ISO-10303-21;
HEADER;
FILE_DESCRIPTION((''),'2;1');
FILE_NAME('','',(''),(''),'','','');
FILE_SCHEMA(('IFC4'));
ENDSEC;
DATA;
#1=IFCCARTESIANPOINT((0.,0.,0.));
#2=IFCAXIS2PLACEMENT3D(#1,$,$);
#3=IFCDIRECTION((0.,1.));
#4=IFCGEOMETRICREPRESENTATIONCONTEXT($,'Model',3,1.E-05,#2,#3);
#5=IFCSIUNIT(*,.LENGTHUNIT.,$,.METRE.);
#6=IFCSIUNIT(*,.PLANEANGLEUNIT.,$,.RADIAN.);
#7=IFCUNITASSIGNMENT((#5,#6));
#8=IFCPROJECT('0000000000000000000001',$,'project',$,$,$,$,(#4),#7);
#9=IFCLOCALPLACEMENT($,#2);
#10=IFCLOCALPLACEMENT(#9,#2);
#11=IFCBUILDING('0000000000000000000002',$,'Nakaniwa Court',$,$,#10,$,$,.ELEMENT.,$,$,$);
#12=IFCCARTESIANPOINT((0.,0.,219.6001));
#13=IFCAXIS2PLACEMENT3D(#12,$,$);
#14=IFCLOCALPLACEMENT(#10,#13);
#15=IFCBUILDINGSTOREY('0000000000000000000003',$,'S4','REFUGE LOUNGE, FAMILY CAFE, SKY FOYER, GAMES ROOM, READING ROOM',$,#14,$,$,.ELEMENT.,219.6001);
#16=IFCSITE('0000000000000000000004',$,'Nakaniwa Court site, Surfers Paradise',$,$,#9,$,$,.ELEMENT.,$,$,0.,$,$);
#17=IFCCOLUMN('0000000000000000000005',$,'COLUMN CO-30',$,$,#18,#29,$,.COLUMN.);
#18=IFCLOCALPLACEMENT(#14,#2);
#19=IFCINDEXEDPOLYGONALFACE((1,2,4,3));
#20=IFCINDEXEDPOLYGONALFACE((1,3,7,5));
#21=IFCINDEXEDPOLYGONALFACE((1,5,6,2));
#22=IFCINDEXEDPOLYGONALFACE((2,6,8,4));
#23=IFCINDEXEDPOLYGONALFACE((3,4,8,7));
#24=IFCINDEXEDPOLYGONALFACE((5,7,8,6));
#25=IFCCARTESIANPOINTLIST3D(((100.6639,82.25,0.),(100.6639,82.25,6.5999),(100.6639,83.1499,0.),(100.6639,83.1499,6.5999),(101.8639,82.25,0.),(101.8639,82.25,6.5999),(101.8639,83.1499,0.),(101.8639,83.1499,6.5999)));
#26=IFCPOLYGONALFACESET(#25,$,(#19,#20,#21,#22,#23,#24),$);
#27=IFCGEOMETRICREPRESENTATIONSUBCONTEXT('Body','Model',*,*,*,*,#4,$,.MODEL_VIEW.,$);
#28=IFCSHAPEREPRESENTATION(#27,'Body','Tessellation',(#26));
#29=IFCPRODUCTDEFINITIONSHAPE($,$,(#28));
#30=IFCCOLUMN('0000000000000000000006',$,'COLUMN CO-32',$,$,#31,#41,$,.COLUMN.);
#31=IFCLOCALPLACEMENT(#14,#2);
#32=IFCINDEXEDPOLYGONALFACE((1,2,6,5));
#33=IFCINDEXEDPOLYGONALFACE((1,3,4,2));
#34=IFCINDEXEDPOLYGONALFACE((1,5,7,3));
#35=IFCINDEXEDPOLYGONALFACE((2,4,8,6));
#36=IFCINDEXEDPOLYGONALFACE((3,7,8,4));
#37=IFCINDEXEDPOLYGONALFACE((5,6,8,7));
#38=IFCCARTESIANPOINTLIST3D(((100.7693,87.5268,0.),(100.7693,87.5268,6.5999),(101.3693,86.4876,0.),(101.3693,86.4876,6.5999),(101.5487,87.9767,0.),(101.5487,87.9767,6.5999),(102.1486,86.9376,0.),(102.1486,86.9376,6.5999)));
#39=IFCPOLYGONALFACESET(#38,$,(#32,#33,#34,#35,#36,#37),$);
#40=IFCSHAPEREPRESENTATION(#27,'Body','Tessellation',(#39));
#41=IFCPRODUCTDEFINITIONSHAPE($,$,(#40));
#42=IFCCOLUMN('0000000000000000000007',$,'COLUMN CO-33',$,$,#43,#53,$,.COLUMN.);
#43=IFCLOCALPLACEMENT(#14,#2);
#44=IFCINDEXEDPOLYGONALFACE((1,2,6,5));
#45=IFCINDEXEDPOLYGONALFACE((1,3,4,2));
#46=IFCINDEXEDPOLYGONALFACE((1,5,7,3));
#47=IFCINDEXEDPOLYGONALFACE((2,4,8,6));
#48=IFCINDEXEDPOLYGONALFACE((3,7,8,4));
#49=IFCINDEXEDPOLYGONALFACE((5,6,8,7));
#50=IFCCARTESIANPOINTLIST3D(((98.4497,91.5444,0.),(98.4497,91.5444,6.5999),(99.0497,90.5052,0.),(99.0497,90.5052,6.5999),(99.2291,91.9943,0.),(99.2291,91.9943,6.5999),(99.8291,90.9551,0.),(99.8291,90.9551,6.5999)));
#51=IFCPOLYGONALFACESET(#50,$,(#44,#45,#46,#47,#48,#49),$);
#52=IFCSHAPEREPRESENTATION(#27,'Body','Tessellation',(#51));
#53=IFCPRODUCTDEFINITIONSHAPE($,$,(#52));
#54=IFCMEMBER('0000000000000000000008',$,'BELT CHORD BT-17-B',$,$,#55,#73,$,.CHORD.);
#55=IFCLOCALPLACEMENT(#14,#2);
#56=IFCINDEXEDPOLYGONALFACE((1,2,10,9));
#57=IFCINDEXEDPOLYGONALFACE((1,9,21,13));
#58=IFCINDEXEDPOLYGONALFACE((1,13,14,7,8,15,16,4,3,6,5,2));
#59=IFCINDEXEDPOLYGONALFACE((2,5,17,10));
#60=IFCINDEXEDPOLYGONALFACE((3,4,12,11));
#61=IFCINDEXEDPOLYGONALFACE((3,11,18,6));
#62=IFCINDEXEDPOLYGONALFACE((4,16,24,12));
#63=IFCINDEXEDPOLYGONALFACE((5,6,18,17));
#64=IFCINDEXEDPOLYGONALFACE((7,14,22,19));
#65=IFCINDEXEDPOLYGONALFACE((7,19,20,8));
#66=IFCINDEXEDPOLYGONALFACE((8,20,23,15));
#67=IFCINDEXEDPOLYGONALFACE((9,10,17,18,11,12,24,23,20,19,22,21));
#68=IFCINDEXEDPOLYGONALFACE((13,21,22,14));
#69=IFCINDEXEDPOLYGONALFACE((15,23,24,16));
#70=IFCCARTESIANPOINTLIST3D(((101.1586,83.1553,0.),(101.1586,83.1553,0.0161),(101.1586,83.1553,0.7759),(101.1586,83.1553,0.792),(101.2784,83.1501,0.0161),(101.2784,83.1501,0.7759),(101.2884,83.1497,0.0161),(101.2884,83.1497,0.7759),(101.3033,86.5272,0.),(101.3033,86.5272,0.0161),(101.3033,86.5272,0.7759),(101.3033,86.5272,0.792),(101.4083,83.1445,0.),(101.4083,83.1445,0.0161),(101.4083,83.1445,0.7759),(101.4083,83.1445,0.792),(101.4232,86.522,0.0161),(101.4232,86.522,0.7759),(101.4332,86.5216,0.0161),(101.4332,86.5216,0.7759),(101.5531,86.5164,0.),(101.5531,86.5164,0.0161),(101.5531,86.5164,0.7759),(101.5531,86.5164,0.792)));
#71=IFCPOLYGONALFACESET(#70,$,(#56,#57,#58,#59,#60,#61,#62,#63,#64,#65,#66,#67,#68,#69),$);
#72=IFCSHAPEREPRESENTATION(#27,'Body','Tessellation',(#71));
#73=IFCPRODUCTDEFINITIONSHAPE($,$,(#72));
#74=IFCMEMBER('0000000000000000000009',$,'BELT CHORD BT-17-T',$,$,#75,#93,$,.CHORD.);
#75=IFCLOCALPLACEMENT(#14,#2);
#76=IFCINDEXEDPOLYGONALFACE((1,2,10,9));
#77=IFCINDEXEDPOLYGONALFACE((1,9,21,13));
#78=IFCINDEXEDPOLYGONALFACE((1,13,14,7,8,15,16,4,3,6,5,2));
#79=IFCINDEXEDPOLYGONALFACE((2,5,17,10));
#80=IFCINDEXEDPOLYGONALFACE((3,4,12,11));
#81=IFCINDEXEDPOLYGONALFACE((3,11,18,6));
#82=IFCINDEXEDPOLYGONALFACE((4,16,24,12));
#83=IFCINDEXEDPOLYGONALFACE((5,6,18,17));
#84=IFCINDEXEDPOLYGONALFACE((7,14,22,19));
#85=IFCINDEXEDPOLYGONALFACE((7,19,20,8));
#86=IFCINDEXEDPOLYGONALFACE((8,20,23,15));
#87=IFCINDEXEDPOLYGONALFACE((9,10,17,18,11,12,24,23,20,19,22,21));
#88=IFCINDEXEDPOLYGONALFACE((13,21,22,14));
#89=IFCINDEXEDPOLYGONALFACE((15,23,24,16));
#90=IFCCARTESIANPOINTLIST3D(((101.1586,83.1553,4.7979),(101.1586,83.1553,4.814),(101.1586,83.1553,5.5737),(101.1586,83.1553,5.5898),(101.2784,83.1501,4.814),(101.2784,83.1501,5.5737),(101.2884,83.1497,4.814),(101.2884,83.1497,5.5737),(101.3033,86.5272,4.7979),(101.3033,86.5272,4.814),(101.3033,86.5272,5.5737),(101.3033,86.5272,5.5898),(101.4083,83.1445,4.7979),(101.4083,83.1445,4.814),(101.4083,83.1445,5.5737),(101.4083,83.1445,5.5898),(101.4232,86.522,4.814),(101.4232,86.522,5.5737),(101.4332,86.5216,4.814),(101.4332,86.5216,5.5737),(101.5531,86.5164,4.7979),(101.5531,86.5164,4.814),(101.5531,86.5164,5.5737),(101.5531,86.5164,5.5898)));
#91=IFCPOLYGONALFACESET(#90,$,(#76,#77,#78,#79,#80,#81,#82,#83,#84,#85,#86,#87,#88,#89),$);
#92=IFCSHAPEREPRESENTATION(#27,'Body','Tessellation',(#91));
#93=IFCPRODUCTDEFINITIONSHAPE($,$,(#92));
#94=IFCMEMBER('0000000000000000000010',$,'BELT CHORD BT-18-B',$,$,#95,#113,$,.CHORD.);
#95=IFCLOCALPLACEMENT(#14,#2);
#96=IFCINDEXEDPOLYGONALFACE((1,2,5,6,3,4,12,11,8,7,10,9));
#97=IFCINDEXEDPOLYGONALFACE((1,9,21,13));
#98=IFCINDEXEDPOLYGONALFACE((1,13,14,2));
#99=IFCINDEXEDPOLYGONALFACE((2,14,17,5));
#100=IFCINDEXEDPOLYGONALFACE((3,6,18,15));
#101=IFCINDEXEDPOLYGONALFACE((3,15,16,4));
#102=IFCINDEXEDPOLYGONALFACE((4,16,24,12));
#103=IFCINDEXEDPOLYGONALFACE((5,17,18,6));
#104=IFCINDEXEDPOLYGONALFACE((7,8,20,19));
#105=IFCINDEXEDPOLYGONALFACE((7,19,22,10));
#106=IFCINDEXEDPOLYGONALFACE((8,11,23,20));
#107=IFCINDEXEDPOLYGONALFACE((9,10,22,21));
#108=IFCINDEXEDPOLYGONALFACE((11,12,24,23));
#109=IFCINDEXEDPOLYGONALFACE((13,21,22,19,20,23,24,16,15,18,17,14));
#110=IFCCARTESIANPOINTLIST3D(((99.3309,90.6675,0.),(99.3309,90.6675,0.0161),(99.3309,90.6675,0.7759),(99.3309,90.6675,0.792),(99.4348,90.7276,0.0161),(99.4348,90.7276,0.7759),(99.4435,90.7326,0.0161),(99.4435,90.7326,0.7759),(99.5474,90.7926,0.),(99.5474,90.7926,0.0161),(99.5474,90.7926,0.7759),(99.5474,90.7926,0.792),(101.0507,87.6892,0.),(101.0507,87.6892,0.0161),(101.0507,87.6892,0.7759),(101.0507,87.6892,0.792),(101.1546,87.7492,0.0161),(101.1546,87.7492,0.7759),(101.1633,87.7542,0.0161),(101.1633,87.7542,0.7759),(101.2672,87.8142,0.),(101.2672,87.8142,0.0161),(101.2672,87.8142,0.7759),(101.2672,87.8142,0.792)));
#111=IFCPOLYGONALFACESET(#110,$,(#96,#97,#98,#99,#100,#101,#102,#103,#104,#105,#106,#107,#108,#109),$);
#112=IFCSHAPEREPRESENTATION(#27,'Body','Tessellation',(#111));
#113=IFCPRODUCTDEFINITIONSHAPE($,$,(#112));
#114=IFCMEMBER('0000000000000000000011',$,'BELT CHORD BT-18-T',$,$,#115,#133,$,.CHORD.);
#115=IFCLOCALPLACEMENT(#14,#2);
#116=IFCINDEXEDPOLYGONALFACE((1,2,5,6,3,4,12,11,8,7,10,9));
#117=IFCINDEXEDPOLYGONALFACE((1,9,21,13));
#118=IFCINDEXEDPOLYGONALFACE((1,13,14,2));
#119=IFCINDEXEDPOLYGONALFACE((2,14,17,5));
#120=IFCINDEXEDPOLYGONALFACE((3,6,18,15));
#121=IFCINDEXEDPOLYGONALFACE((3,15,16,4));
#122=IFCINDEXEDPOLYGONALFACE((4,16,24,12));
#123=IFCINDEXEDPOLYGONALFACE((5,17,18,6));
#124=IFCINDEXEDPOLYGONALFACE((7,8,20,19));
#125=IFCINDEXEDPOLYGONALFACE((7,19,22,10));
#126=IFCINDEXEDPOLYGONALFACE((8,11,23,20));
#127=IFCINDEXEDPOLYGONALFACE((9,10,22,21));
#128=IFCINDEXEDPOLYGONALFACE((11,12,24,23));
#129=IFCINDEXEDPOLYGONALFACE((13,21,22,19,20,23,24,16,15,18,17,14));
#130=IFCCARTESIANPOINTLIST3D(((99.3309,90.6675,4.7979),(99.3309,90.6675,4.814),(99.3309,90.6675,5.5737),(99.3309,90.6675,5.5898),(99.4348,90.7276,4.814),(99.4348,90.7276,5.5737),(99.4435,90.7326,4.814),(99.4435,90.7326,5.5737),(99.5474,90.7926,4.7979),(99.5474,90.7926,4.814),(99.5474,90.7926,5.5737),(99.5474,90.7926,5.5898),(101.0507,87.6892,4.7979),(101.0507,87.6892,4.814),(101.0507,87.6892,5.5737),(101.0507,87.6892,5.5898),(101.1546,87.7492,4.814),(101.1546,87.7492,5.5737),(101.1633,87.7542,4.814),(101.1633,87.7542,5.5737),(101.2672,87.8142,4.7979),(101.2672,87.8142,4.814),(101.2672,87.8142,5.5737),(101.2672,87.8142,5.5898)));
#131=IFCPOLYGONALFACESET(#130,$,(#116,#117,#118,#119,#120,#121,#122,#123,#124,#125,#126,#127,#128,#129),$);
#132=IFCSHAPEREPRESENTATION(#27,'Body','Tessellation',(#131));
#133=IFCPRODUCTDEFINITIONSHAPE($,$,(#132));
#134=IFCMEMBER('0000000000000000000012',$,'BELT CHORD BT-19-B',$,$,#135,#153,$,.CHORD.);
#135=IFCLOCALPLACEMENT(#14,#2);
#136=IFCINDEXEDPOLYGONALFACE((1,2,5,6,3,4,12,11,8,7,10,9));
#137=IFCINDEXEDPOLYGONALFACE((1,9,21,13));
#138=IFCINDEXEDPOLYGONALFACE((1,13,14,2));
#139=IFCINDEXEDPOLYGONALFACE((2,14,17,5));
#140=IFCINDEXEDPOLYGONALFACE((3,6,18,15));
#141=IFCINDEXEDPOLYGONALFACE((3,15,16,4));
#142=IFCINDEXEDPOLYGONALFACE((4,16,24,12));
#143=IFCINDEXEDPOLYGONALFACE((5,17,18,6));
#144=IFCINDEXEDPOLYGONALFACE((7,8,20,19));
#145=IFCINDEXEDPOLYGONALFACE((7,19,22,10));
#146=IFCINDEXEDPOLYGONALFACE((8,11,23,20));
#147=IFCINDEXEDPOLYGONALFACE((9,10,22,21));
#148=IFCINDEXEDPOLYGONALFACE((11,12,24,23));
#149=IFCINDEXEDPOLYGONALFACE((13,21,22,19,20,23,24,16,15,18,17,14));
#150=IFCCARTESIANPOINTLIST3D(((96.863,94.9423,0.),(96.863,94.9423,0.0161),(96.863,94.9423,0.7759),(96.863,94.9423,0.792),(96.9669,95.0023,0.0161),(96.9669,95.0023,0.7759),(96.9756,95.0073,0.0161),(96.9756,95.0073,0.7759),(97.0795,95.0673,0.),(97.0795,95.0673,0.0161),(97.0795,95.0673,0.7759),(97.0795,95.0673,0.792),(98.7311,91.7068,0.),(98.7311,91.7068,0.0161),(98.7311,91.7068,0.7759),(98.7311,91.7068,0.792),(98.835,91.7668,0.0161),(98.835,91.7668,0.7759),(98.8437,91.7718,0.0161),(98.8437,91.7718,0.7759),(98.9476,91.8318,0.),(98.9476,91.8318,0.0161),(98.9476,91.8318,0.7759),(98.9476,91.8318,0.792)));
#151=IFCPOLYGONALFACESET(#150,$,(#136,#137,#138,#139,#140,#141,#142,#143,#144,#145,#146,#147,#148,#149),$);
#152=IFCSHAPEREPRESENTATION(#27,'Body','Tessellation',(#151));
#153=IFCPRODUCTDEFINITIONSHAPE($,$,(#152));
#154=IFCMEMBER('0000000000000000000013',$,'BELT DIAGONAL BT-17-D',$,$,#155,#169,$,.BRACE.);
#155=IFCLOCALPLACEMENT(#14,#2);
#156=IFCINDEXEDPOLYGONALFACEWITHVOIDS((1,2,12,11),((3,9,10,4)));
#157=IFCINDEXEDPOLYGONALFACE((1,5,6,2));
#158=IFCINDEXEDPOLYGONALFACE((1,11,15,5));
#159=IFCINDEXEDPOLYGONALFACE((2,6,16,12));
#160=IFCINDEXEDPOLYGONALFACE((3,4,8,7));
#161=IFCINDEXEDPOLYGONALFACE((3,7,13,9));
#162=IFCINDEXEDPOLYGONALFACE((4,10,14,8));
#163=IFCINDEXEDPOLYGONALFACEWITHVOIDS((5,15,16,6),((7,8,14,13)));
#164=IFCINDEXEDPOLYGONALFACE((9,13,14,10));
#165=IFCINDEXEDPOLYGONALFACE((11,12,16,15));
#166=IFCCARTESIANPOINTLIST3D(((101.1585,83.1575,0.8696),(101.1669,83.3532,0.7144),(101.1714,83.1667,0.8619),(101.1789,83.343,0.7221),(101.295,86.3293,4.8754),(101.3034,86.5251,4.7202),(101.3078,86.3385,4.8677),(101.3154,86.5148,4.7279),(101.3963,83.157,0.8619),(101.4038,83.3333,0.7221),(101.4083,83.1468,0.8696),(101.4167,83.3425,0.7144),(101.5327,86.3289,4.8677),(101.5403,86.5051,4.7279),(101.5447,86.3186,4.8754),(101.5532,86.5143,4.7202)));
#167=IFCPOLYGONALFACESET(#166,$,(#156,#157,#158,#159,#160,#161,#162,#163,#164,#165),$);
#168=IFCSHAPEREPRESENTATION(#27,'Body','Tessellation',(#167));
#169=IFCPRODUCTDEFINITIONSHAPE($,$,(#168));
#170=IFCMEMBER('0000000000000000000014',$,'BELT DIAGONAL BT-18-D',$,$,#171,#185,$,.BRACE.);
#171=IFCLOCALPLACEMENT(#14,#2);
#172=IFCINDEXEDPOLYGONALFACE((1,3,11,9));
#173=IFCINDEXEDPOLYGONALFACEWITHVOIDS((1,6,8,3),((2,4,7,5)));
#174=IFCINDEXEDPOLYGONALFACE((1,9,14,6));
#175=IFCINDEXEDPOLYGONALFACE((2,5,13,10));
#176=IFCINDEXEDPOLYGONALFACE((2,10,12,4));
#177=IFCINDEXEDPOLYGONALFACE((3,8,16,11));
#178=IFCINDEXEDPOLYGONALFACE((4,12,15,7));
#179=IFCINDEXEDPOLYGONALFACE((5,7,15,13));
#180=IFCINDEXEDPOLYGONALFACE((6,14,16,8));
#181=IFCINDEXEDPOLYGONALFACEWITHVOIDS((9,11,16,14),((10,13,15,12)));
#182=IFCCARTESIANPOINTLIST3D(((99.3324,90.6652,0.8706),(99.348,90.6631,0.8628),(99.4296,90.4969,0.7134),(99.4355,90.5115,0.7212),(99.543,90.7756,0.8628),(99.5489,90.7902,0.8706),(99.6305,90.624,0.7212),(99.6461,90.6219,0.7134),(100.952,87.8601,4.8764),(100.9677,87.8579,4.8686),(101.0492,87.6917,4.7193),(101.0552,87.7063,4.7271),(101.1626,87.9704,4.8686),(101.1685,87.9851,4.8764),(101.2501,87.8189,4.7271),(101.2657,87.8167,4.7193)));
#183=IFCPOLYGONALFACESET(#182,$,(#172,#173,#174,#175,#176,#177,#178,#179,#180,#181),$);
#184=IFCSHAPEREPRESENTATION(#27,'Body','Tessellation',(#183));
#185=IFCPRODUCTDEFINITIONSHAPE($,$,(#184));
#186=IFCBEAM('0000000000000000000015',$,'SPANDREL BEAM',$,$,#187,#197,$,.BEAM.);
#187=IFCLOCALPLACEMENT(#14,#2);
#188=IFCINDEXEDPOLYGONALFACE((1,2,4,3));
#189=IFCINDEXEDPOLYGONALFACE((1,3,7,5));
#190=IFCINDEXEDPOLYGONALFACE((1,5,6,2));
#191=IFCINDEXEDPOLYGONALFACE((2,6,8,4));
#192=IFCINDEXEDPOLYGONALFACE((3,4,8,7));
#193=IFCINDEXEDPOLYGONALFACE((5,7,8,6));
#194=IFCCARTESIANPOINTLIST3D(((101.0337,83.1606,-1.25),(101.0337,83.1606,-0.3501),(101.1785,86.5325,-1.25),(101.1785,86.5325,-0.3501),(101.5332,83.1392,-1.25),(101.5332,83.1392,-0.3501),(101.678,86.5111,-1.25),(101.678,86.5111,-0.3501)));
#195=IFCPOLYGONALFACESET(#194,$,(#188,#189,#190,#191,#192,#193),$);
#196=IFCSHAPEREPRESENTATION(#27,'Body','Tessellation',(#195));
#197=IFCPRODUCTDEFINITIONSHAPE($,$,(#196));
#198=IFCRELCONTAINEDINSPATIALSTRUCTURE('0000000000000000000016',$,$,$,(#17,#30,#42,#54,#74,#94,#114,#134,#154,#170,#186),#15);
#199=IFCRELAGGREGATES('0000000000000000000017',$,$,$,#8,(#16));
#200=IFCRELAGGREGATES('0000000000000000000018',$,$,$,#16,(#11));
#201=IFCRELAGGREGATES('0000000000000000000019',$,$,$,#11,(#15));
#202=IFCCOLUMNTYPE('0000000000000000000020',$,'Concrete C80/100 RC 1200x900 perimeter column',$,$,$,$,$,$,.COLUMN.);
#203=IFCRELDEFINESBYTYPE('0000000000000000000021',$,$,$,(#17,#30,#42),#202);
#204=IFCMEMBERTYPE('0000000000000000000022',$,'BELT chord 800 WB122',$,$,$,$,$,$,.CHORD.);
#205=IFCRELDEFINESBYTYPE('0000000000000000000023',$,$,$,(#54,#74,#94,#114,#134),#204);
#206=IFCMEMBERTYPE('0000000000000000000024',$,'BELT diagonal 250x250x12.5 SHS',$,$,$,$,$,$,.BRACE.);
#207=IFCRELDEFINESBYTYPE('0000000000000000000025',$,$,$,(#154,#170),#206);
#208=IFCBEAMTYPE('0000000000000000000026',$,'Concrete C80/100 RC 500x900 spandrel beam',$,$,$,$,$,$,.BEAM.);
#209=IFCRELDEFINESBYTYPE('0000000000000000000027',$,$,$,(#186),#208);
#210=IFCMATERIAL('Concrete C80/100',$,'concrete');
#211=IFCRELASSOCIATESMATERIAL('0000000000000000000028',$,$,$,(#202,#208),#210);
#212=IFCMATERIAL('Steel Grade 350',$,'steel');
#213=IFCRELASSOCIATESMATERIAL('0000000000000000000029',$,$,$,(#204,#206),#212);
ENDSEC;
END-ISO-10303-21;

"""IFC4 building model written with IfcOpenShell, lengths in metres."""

from ifc_helpers import new_model, si_unit, direction, frame, origin, origin_2d, place, context, subcontext, project, spatial, rectangle, hollow_rectangle, i_section, extrude, material, material_profile, profile_set, type_object, element, save


model = new_model("IFC4")

# Units and contexts
model_context = context("Model", 3, precision=1e-05, world=origin(), true_north=direction((0.0, 1.0)))
body_context = subcontext(model_context, "Body", "Model", "MODEL_VIEW")
ifc_project = project(units=[si_unit("LENGTHUNIT", "METRE"), si_unit("PLANEANGLEUNIT", "RADIAN")], contexts=[model_context])

# Site, building, storey
site_placement = place(None, origin())
site = spatial("IfcSite", under=ifc_project, at=site_placement, Name="Nakaniwa Court site, Surfers Paradise", CompositionType="ELEMENT", RefElevation=0.0)
building_placement = place(site_placement, origin())
building = spatial("IfcBuilding", under=site, at=building_placement, Name="Nakaniwa Court", CompositionType="ELEMENT")
storey_placement = place(building_placement, frame((0.0, 0.0, 219.6001)))
storey = spatial("IfcBuildingStorey", under=building, at=storey_placement, Name="S4", Description="REFUGE LOUNGE, FAMILY CAFE, SKY FOYER, GAMES ROOM, READING ROOM", CompositionType="ELEMENT", Elevation=219.6001)

# Columns
ifc_material_1 = material(Name="Concrete C80/100", Category="concrete")
ifc_material_profile_1 = material_profile(ifc_material_1, rectangle(XDim=1.2, YDim=0.8999, at=origin_2d()), Name="Concrete C80/100 RC 1200x900 perimeter column")
ifc_profile_set_1 = profile_set([ifc_material_profile_1], Name="Concrete C80/100")
column_type = type_object("IfcColumnType", Name="Concrete C80/100 RC 1200x900 perimeter column", PredefinedType="COLUMN", material=ifc_profile_set_1)
for number, where, z_axis, x_axis, name in (
    (1, (101.2639, 82.7, 0.0), (0.0, 0.0, 1.0), (1.0, 0.0, 0.0), "COLUMN CO-30"),
    (2, (101.459, 87.2322, 0.0), (0.0, 0.0, 1.0), (-0.5, 0.866025, 0.0), "COLUMN CO-32"),
    (3, (99.1394, 91.2498, 0.0), (0.0, 0.0, 1.0), (-0.5, 0.866025, 0.0), "COLUMN CO-33"),
):
    element("IfcColumn", number, at=place(storey_placement, frame(where, z_axis=z_axis, x_axis=x_axis)), inside=storey, type_object=column_type, Name=name, PredefinedType="COLUMN", context=body_context, shape_type="SweptSolid", body=[
        extrude(rectangle(XDim=1.2, YDim=0.8999, at=origin_2d()), origin(), (0.0, 0.0, 1.0), 6.5999),
    ])

# Members
ifc_material_2 = material(Name="Steel Grade 350", Category="steel")
ifc_material_profile_2 = material_profile(ifc_material_2, i_section(OverallWidth=0.25, OverallDepth=0.792, WebThickness=0.01, FlangeThickness=0.0161, at=origin_2d()), Name="800WB122")
ifc_profile_set_2 = profile_set([ifc_material_profile_2], Name="Steel Grade 350")
member_type_1 = type_object("IfcMemberType", Name="BELT chord 800 WB122", PredefinedType="CHORD", material=ifc_profile_set_2)
for number, where, z_axis, x_axis, name in (
    (4, (101.2834, 83.1499, 0.396), (0.042897, 0.999079, 0.0), (-0.999079, 0.042897, 0.0), "BELT CHORD BT-17-B"),
    (5, (101.2834, 83.1499, 5.1938), (0.042897, 0.999079, 0.0), (-0.999079, 0.042897, 0.0), "BELT CHORD BT-17-T"),
):
    element("IfcMember", number, at=place(storey_placement, frame(where, z_axis=z_axis, x_axis=x_axis)), inside=storey, type_object=member_type_1, Name=name, PredefinedType="CHORD", context=body_context, shape_type="SweptSolid", body=[
        extrude(i_section(OverallWidth=0.25, OverallDepth=0.792, WebThickness=0.01, FlangeThickness=0.0161, at=origin_2d()), origin(), (0.0, 0.0, 1.0), 3.375),
    ])
for number, where, z_axis, x_axis, name in (
    (6, (101.1589, 87.7517, 0.396), (-0.500048, 0.865998, 0.0), (-0.865998, -0.500048, 0.0), "BELT CHORD BT-18-B"),
    (7, (101.1589, 87.7517, 5.1938), (-0.500048, 0.865998, 0.0), (-0.865998, -0.500048, 0.0), "BELT CHORD BT-18-T"),
):
    element("IfcMember", number, at=place(storey_placement, frame(where, z_axis=z_axis, x_axis=x_axis)), inside=storey, type_object=member_type_1, Name=name, PredefinedType="CHORD", context=body_context, shape_type="SweptSolid", body=[
        extrude(i_section(OverallWidth=0.25, OverallDepth=0.792, WebThickness=0.01, FlangeThickness=0.0161, at=origin_2d()), origin(), (0.0, 0.0, 1.0), 3.4392),
    ])
member_1_placement = place(storey_placement, frame((98.8394, 91.7693, 0.396), z_axis=(-0.500018, 0.866015, 0.0), x_axis=(-0.866015, -0.500018, 0.0)))
element("IfcMember", 8, at=member_1_placement, inside=storey, type_object=member_type_1, Name="BELT CHORD BT-19-B", PredefinedType="CHORD", context=body_context, shape_type="SweptSolid", body=[
    extrude(i_section(OverallWidth=0.25, OverallDepth=0.792, WebThickness=0.01, FlangeThickness=0.0161, at=origin_2d()), origin(), (0.0, 0.0, 1.0), 3.7361),
])
ifc_material_profile_3 = material_profile(ifc_material_2, hollow_rectangle(XDim=0.25, YDim=0.25, WallThickness=0.0125, at=origin_2d()), Name="BELT diagonal 250x250x12.5 SHS")
ifc_profile_set_3 = profile_set([ifc_material_profile_3], Name="Steel Grade 350")
member_type_2 = type_object("IfcMemberType", Name="BELT diagonal 250x250x12.5 SHS", PredefinedType="BRACE", material=ifc_profile_set_3)
member_2_placement = place(storey_placement, frame((101.2876, 83.25, 0.792), z_axis=(0.0267, 0.62055, 0.783712), x_axis=(-0.999076, 0.042987, 0.0)))
element("IfcMember", 9, at=member_2_placement, inside=storey, type_object=member_type_2, Name="BELT DIAGONAL BT-17-D", PredefinedType="BRACE", context=body_context, shape_type="SweptSolid", body=[
    extrude(hollow_rectangle(XDim=0.25, YDim=0.25, WallThickness=0.0125, at=origin_2d()), origin(), (0.0, 0.0, 1.0), 5.1113),
])
member_3_placement = place(storey_placement, frame((101.1089, 87.8384, 4.7979), z_axis=(-0.314393, 0.544524, -0.777593), x_axis=(-0.866017, -0.500014, 0.0)))
element("IfcMember", 10, at=member_3_placement, inside=storey, type_object=member_type_2, Name="BELT DIAGONAL BT-18-D", PredefinedType="BRACE", context=body_context, shape_type="SweptSolid", body=[
    extrude(hollow_rectangle(XDim=0.25, YDim=0.25, WallThickness=0.0125, at=origin_2d()), origin(), (0.0, 0.0, 1.0), 5.1516),
])

# Beam
ifc_material_profile_4 = material_profile(ifc_material_1, rectangle(XDim=0.5, YDim=0.8999, at=origin_2d()), Name="Concrete C80/100 RC 500x900 spandrel beam")
ifc_profile_set_4 = profile_set([ifc_material_profile_4], Name="Concrete C80/100")
beam_type = type_object("IfcBeamType", Name="Concrete C80/100 RC 500x900 spandrel beam", PredefinedType="BEAM", material=ifc_profile_set_4)
beam_1_placement = place(storey_placement, frame((101.2834, 83.1499, -0.8), z_axis=(0.042897, 0.999079, 0.0), x_axis=(-0.999079, 0.042897, 0.0)))
element("IfcBeam", 11, at=beam_1_placement, inside=storey, type_object=beam_type, Name="SPANDREL BEAM", PredefinedType="BEAM", context=body_context, shape_type="SweptSolid", body=[
    extrude(rectangle(XDim=0.5, YDim=0.8999, at=origin_2d()), origin(), (0.0, 0.0, 1.0), 3.375),
])

save(model, "model.ifc")
